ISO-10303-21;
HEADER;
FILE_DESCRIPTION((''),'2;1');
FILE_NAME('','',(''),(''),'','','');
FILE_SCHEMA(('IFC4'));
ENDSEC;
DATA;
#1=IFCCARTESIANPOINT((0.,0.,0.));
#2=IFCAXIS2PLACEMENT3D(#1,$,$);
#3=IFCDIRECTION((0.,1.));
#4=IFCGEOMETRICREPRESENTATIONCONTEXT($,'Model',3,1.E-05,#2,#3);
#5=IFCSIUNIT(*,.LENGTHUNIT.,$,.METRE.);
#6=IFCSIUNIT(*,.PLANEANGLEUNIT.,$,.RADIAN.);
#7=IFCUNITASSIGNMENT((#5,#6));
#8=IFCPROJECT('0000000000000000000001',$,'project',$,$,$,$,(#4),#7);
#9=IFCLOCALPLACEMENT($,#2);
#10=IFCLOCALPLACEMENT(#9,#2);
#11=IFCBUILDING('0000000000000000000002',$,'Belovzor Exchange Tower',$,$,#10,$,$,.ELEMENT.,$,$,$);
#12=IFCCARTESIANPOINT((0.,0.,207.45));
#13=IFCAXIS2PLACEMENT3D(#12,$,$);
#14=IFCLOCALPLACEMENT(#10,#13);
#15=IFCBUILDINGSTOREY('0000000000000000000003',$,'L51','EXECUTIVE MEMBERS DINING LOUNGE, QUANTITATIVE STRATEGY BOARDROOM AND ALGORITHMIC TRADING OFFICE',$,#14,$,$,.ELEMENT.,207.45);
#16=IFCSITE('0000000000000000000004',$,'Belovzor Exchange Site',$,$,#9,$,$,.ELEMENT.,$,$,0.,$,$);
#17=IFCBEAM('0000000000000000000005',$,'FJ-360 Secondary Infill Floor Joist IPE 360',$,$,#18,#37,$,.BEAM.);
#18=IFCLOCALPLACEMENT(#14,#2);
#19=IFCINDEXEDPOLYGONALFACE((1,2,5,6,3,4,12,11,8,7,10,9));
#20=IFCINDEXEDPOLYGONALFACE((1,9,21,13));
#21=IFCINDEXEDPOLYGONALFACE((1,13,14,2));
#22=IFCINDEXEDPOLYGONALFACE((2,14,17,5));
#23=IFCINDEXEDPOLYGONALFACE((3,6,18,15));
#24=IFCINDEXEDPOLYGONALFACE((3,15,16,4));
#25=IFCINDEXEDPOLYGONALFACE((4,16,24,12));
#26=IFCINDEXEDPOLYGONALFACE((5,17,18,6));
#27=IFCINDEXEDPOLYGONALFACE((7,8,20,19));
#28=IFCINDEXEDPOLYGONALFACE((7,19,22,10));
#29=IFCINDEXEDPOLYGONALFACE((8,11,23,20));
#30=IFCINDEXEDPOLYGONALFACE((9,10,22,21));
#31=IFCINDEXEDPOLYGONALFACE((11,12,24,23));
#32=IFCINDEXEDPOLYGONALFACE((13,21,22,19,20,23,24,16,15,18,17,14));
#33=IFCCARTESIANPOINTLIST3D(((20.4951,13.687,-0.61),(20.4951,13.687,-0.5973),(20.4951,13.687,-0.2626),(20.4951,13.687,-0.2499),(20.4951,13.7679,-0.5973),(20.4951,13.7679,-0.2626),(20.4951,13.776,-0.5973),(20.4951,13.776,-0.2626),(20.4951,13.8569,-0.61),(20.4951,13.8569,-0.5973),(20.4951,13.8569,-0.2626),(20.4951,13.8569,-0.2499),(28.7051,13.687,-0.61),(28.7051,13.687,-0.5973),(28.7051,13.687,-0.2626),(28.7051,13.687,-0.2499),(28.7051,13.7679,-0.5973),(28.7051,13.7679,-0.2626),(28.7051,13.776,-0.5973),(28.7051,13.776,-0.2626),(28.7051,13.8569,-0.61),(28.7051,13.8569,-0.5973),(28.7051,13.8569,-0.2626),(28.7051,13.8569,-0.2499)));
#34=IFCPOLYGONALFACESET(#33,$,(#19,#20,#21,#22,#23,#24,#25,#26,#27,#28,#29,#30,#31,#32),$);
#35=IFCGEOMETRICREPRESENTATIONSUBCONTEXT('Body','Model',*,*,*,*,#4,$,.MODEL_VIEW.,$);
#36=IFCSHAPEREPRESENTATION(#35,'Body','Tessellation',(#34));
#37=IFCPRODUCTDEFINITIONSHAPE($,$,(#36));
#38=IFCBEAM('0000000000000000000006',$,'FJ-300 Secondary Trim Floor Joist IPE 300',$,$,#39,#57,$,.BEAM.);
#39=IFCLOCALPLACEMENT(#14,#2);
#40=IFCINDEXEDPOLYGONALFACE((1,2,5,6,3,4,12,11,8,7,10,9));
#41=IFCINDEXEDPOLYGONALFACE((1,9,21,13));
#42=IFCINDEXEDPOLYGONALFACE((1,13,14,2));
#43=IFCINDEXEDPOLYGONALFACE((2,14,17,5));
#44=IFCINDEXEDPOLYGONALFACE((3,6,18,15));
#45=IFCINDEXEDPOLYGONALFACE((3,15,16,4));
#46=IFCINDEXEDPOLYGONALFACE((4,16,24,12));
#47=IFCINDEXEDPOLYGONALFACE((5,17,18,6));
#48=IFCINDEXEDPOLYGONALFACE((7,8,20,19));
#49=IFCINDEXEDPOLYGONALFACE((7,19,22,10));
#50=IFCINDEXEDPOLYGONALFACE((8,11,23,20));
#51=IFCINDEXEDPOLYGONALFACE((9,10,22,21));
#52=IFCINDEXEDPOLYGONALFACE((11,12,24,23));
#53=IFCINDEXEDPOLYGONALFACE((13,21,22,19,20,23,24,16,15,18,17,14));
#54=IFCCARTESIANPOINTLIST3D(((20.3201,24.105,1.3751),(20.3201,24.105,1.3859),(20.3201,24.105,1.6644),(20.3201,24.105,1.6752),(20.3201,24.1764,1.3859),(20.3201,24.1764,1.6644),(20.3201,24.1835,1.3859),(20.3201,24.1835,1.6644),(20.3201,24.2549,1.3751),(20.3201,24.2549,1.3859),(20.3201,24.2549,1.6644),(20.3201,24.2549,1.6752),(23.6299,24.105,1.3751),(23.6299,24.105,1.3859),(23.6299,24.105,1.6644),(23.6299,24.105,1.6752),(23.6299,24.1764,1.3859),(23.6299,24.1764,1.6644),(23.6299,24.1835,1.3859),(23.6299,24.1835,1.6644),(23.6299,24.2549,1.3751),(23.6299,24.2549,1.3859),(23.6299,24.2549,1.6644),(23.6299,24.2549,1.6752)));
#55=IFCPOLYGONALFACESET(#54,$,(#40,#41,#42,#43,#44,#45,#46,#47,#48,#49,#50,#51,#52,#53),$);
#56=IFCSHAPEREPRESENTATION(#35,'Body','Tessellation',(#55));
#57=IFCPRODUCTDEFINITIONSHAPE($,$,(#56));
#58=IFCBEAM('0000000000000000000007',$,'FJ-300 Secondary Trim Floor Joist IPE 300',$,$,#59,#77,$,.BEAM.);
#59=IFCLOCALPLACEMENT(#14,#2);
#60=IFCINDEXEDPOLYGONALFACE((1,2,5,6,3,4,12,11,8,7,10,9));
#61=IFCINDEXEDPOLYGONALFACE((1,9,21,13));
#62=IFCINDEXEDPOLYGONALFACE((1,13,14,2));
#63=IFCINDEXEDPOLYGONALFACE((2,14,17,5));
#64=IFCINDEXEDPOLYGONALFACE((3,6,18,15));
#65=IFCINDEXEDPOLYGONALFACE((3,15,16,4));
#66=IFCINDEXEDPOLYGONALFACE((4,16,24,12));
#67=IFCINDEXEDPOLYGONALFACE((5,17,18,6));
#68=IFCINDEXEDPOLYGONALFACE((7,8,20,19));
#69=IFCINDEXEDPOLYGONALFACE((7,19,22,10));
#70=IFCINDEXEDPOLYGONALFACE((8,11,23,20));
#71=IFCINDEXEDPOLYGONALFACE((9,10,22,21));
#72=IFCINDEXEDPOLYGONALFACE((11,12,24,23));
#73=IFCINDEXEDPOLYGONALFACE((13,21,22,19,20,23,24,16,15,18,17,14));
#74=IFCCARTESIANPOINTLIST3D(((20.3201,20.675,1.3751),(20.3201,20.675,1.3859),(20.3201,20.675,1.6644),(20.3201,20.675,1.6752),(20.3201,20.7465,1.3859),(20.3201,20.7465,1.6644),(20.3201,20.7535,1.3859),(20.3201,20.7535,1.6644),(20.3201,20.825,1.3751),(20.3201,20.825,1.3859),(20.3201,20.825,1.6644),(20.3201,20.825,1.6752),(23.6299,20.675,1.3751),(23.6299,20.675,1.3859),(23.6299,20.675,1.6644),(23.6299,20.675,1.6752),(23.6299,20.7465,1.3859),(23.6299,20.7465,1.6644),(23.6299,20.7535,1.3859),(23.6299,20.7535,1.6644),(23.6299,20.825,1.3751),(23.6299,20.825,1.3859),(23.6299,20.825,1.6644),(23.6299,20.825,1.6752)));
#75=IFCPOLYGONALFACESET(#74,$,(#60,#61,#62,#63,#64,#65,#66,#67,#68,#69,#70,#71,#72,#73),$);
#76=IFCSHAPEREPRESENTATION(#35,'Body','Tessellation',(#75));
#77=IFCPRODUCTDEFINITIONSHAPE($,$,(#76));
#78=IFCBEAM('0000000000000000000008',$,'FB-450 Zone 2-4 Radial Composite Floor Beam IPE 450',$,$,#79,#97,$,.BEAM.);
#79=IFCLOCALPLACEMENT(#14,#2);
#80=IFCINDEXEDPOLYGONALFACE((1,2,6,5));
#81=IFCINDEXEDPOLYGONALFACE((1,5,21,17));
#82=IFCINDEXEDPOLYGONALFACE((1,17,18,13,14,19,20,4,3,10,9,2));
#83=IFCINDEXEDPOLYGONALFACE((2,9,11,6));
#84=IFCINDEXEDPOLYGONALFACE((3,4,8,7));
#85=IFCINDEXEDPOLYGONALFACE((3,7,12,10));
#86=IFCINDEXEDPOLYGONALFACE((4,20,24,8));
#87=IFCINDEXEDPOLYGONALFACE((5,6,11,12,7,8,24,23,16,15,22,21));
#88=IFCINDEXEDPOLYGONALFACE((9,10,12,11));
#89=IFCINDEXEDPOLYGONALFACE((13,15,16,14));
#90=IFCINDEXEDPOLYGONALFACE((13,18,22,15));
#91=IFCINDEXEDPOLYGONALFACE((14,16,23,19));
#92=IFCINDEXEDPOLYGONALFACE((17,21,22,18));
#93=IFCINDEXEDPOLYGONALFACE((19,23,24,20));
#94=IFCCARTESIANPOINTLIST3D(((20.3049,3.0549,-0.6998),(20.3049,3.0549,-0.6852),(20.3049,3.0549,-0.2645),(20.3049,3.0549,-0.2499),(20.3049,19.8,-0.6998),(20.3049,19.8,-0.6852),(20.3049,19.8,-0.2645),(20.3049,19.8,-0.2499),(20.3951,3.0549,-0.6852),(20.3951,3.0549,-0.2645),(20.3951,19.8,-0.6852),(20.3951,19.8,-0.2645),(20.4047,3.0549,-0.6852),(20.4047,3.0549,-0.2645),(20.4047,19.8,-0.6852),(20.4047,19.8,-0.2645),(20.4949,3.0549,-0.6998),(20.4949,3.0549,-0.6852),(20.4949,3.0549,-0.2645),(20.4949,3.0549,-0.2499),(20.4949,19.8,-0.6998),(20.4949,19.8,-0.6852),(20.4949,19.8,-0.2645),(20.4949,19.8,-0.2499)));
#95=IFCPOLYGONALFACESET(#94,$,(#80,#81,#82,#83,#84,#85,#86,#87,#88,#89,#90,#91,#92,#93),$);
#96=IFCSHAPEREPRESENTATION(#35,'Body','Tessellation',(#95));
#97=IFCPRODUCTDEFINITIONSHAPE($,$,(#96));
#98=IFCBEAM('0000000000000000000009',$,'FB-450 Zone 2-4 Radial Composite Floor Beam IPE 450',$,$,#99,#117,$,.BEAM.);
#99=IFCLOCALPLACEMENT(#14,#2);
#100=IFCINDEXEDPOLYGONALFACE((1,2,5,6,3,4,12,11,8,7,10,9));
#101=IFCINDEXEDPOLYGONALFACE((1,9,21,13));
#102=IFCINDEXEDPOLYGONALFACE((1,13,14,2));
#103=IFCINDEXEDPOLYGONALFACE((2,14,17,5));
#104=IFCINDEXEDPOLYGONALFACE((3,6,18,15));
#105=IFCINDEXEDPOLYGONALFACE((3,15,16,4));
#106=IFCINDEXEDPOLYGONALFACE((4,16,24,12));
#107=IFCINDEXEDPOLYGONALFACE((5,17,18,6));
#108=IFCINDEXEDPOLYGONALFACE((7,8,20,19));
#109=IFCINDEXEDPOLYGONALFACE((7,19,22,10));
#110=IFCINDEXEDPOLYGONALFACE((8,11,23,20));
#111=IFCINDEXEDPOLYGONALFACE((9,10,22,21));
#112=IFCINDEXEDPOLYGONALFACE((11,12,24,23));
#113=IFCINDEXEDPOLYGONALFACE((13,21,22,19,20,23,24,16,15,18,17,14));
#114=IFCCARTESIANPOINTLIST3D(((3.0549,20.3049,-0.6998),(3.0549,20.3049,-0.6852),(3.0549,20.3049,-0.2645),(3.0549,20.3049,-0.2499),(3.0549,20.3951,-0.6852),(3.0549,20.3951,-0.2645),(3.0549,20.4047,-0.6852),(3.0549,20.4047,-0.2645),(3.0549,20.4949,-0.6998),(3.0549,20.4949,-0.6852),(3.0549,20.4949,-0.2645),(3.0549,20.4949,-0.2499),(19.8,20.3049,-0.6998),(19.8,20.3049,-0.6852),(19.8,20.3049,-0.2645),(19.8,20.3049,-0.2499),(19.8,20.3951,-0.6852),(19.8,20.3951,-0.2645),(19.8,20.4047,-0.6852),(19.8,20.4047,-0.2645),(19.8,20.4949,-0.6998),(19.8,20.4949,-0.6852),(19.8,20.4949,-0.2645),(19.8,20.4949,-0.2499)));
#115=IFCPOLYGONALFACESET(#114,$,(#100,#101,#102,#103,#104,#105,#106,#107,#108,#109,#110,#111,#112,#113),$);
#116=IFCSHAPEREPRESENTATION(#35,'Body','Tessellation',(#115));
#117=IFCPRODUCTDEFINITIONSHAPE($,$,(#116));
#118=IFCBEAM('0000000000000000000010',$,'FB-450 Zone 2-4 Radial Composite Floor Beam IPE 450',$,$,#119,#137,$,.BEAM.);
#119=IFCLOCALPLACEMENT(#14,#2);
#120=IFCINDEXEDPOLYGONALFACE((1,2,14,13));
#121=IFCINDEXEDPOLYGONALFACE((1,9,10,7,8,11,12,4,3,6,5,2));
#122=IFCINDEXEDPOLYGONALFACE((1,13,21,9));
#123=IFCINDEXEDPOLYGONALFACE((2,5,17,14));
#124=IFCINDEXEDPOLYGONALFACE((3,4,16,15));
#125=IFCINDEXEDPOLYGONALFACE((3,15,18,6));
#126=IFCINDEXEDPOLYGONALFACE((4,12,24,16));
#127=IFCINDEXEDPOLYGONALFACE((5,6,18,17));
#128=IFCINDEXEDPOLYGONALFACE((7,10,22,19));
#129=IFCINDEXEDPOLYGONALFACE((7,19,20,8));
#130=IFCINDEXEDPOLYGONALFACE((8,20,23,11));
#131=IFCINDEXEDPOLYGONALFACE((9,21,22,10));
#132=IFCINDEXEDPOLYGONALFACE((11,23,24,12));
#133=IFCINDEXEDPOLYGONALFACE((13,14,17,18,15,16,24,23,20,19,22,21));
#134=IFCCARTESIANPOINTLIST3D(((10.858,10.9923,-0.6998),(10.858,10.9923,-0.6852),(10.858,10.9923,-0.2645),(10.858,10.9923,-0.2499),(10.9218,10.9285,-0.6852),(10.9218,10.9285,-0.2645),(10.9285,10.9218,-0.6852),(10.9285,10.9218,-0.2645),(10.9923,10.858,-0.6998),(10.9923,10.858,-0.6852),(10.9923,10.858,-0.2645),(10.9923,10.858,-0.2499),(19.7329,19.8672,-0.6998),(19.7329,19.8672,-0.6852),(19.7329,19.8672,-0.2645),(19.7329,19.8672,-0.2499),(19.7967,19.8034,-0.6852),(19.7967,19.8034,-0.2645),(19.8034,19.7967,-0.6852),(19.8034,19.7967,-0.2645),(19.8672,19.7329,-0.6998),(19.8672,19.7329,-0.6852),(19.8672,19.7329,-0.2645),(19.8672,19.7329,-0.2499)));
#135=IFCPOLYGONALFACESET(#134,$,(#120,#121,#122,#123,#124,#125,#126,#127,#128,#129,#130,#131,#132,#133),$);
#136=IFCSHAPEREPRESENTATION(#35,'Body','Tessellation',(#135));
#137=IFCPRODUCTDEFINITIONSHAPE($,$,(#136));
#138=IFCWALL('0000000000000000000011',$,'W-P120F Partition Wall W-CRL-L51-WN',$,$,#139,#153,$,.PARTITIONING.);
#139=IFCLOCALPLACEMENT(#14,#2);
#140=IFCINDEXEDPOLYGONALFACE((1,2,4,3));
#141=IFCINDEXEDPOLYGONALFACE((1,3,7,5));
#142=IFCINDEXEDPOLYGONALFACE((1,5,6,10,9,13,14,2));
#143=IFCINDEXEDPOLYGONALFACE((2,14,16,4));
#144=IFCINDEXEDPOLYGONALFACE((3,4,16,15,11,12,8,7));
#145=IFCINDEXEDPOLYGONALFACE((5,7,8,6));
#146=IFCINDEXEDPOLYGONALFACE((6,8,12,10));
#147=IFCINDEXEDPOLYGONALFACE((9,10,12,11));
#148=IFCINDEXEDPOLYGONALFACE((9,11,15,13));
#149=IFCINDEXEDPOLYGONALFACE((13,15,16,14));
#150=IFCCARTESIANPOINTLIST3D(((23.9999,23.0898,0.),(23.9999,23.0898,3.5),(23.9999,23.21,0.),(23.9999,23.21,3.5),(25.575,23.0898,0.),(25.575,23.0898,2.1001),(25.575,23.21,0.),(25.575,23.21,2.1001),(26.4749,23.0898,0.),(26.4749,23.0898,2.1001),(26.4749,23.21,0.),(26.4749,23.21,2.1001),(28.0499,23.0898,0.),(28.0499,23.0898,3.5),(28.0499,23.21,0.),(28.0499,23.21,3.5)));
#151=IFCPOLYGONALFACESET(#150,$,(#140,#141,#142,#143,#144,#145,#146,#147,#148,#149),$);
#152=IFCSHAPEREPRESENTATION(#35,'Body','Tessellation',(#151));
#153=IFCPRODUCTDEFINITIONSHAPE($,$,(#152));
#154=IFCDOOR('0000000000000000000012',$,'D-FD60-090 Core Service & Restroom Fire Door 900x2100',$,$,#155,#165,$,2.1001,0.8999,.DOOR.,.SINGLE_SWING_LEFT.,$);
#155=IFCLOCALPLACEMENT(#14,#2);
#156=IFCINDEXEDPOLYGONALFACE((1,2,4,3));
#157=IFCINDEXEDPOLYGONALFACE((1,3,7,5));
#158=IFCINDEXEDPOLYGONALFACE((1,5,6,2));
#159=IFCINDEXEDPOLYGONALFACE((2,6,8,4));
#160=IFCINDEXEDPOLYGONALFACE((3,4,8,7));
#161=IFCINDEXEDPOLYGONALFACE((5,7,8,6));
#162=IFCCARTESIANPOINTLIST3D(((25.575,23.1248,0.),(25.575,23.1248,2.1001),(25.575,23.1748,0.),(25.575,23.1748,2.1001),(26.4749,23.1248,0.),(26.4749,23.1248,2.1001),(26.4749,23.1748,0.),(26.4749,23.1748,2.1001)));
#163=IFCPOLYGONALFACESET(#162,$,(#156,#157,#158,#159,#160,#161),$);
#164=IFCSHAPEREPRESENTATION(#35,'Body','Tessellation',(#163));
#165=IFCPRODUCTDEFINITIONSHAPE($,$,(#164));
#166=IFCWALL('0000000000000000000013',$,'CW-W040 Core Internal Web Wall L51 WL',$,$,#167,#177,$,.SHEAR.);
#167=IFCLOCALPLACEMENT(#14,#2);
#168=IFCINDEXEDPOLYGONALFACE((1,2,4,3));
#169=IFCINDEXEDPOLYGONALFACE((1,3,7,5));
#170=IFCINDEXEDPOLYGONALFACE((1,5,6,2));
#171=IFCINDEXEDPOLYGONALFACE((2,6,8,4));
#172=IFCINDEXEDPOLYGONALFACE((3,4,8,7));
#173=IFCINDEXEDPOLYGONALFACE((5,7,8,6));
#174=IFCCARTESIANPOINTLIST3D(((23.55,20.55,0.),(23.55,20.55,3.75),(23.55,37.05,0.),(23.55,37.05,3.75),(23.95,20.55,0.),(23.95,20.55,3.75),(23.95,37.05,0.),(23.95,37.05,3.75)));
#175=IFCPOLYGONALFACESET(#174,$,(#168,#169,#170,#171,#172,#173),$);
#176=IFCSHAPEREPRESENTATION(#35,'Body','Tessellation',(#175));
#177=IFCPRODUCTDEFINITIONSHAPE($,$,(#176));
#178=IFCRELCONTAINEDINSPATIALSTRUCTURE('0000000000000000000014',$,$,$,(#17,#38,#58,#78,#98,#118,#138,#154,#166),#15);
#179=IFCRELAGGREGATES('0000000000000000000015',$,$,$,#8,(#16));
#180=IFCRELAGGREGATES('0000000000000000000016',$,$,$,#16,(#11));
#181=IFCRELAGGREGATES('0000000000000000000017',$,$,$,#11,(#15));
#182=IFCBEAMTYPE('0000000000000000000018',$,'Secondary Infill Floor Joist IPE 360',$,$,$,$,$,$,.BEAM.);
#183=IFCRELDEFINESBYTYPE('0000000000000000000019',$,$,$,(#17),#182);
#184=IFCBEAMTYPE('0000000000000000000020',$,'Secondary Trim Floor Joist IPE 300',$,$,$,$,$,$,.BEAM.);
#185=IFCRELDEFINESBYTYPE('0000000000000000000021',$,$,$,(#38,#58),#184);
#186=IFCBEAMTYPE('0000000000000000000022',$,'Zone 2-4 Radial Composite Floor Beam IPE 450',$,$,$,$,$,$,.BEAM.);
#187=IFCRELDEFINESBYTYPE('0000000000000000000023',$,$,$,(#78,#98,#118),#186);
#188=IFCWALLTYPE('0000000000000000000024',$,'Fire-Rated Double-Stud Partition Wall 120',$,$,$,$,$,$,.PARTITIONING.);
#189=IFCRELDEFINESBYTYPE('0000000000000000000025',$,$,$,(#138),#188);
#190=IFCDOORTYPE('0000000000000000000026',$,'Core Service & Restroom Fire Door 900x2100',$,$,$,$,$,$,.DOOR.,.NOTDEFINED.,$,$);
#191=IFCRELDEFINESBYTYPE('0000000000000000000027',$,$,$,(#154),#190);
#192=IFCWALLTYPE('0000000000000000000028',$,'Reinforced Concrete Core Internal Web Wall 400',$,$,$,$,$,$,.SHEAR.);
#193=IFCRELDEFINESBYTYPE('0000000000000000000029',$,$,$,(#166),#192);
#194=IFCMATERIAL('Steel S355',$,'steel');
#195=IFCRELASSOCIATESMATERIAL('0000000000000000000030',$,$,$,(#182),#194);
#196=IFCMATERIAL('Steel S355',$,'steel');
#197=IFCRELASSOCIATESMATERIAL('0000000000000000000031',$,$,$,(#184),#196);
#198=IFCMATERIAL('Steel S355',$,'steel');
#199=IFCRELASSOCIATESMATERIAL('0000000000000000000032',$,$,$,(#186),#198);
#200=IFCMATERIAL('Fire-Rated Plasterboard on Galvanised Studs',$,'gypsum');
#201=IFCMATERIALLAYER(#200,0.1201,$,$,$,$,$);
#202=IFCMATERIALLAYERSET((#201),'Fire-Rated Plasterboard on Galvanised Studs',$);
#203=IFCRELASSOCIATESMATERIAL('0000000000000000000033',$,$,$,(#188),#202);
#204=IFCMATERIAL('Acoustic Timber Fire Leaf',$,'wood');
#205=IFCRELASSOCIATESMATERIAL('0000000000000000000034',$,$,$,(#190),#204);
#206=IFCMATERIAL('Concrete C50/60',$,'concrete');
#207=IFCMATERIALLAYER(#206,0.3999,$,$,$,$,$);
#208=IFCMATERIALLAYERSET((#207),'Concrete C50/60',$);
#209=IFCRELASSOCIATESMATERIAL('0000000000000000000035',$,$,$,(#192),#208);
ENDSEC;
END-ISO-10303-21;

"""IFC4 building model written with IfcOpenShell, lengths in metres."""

from ifc_helpers import new_model, si_unit, direction, frame, frame_2d, origin, origin_2d, place, context, subcontext, project, spatial, rectangle, i_section, extrude, material, layer, layer_set, material_profile, profile_set, type_object, element, fill, save


model = new_model("IFC4")

# Units and contexts
model_context = context("Model", 3, precision=1e-05, world=origin(), true_north=direction((0.0, 1.0)))
body_context = subcontext(model_context, "Body", "Model", "MODEL_VIEW")
ifc_project = project(units=[si_unit("LENGTHUNIT", "METRE"), si_unit("PLANEANGLEUNIT", "RADIAN")], contexts=[model_context])

# Site, building, storey
site_placement = place(None, origin())
site = spatial("IfcSite", under=ifc_project, at=site_placement, Name="Belovzor Exchange Site", CompositionType="ELEMENT", RefElevation=0.0)
building_placement = place(site_placement, origin())
building = spatial("IfcBuilding", under=site, at=building_placement, Name="Belovzor Exchange Tower", CompositionType="ELEMENT")
storey_placement = place(building_placement, frame((0.0, 0.0, 207.45)))
storey = spatial("IfcBuildingStorey", under=building, at=storey_placement, Name="L51", Description="EXECUTIVE MEMBERS DINING LOUNGE, QUANTITATIVE STRATEGY BOARDROOM AND ALGORITHMIC TRADING OFFICE", CompositionType="ELEMENT", Elevation=207.45)

# Beams
ifc_material_1 = material(Name="Steel S355", Category="steel")
ifc_material_profile_1 = material_profile(ifc_material_1, i_section(OverallWidth=0.1699, OverallDepth=0.3601, WebThickness=0.0081, FlangeThickness=0.0127, at=origin_2d()))
ifc_profile_set_1 = profile_set([ifc_material_profile_1], Name="Steel S355")
beam_type_1 = type_object("IfcBeamType", Name="Secondary Infill Floor Joist IPE 360", PredefinedType="BEAM", material=ifc_profile_set_1)
beam_1_placement = place(storey_placement, frame((20.4951, 13.772, -0.4299), z_axis=(1.0, 0.0, 0.0), x_axis=(0.0, 1.0, 0.0)))
element("IfcBeam", 1, at=beam_1_placement, inside=storey, type_object=beam_type_1, Name="FJ-360 Secondary Infill Floor Joist IPE 360", PredefinedType="BEAM", context=body_context, shape_type="SweptSolid", body=[
    extrude(i_section(OverallWidth=0.1699, OverallDepth=0.3601, WebThickness=0.0081, FlangeThickness=0.0127, at=origin_2d()), origin(), (0.0, 0.0, 1.0), 8.21),
])
ifc_material_2 = material(Name="Steel S355", Category="steel")
ifc_material_profile_2 = material_profile(ifc_material_2, i_section(OverallWidth=0.1499, OverallDepth=0.3, WebThickness=0.0071, FlangeThickness=0.0107, at=origin_2d()))
ifc_profile_set_2 = profile_set([ifc_material_profile_2], Name="Steel S355")
beam_type_2 = type_object("IfcBeamType", Name="Secondary Trim Floor Joist IPE 300", PredefinedType="BEAM", material=ifc_profile_set_2)
for number, where, z_axis, x_axis, name in (
    (2, (20.3201, 24.1799, 1.5251), (1.0, 0.0, 0.0), (0.0, 1.0, 0.0), "FJ-300 Secondary Trim Floor Joist IPE 300"),
    (3, (20.3201, 20.75, 1.5251), (1.0, 0.0, 0.0), (0.0, 1.0, 0.0), "FJ-300 Secondary Trim Floor Joist IPE 300"),
):
    element("IfcBeam", number, at=place(storey_placement, frame(where, z_axis=z_axis, x_axis=x_axis)), inside=storey, type_object=beam_type_2, Name=name, PredefinedType="BEAM", context=body_context, shape_type="SweptSolid", body=[
        extrude(i_section(OverallWidth=0.1499, OverallDepth=0.3, WebThickness=0.0071, FlangeThickness=0.0107, at=origin_2d()), origin(), (0.0, 0.0, 1.0), 3.3098),
    ])
ifc_material_3 = material(Name="Steel S355", Category="steel")
ifc_material_profile_3 = material_profile(ifc_material_3, i_section(OverallWidth=0.1899, OverallDepth=0.45, WebThickness=0.0095, FlangeThickness=0.0146, at=origin_2d()))
ifc_profile_set_3 = profile_set([ifc_material_profile_3], Name="Steel S355")
beam_type_3 = type_object("IfcBeamType", Name="Zone 2-4 Radial Composite Floor Beam IPE 450", PredefinedType="BEAM", material=ifc_profile_set_3)
for number, where, z_axis, x_axis, name in (
    (4, (20.3999, 19.8, -0.4749), (0.0, -1.0, 0.0), (1.0, 0.0, 0.0), "FB-450 Zone 2-4 Radial Composite Floor Beam IPE 450"),
    (5, (19.8, 20.3999, -0.4749), (-1.0, 0.0, 0.0), (0.0, -1.0, 0.0), "FB-450 Zone 2-4 Radial Composite Floor Beam IPE 450"),
):
    element("IfcBeam", number, at=place(storey_placement, frame(where, z_axis=z_axis, x_axis=x_axis)), inside=storey, type_object=beam_type_3, Name=name, PredefinedType="BEAM", context=body_context, shape_type="SweptSolid", body=[
        extrude(i_section(OverallWidth=0.1899, OverallDepth=0.45, WebThickness=0.0095, FlangeThickness=0.0146, at=origin_2d()), origin(), (0.0, 0.0, 1.0), 16.7451),
    ])
beam_2_placement = place(storey_placement, frame((19.8, 19.8, -0.4749), z_axis=(-0.707107, -0.707107, 0.0), x_axis=(0.707107, -0.707107, 0.0)))
element("IfcBeam", 6, at=beam_2_placement, inside=storey, type_object=beam_type_3, Name="FB-450 Zone 2-4 Radial Composite Floor Beam IPE 450", PredefinedType="BEAM", context=body_context, shape_type="SweptSolid", body=[
    extrude(i_section(OverallWidth=0.1899, OverallDepth=0.45, WebThickness=0.0095, FlangeThickness=0.0146, at=origin_2d()), origin(), (0.0, 0.0, 1.0), 12.551),
])

# Wall, opening, door
ifc_material_4 = material(Name="Fire-Rated Plasterboard on Galvanised Studs", Category="gypsum")
ifc_layer_1 = layer(ifc_material_4, 0.1201)
ifc_layer_set_1 = layer_set([ifc_layer_1], Name="Fire-Rated Plasterboard on Galvanised Studs")
wall_type_1 = type_object("IfcWallType", Name="Fire-Rated Double-Stud Partition Wall 120", PredefinedType="PARTITIONING", material=ifc_layer_set_1)
wall_1_placement = place(storey_placement, frame((24.0, 23.1499, 0.0), z_axis=(0.0, 0.0, 1.0), x_axis=(1.0, 0.0, 0.0)))
wall_1 = element("IfcWall", 7, at=wall_1_placement, inside=storey, type_object=wall_type_1, Name="W-P120F Partition Wall W-CRL-L51-WN", PredefinedType="PARTITIONING", context=body_context, shape_type="SweptSolid", body=[
    extrude(rectangle(XDim=4.05, YDim=0.1201, at=frame_2d((2.0249, 0.0))), origin(), (0.0, 0.0, 1.0), 3.5),
])
opening_1_placement = place(wall_1_placement, frame((1.575, 0.0, 0.0)))
opening_1 = element("IfcOpeningElement", 8, at=opening_1_placement, cuts=wall_1, PredefinedType="OPENING", context=body_context, shape_type="SweptSolid", body=[
    extrude(rectangle(XDim=0.8999, YDim=2.1001, at=frame_2d((0.45, 1.05))), frame((0.0, 0.0701, 0.0), z_axis=(0.0, -1.0, 0.0), x_axis=(1.0, 0.0, 0.0)), (0.0, 0.0, 1.0), 0.1401),
])
ifc_material_5 = material(Name="Acoustic Timber Fire Leaf", Category="wood")
door_type_1 = type_object("IfcDoorType", Name="Core Service & Restroom Fire Door 900x2100", OperationType="NOTDEFINED", PredefinedType="DOOR", material=ifc_material_5)
door_1_placement = place(opening_1_placement, origin())
door_1 = element("IfcDoor", 9, at=door_1_placement, inside=storey, type_object=door_type_1, Name="D-FD60-090 Core Service & Restroom Fire Door 900x2100", OperationType="SINGLE_SWING_LEFT", OverallHeight=2.1001, OverallWidth=0.8999, PredefinedType="DOOR", context=body_context, shape_type="SweptSolid", body=[
    extrude(rectangle(XDim=0.8999, YDim=2.1001, at=frame_2d((0.45, 1.05))), frame((0.0, 0.0249, 0.0), z_axis=(0.0, -1.0, 0.0), x_axis=(1.0, 0.0, 0.0)), (0.0, 0.0, 1.0), 0.05),
])
fill(opening_1, door_1)

# Wall
ifc_material_6 = material(Name="Concrete C50/60", Category="concrete")
ifc_layer_2 = layer(ifc_material_6, 0.3999)
ifc_layer_set_2 = layer_set([ifc_layer_2], Name="Concrete C50/60")
wall_type_2 = type_object("IfcWallType", Name="Reinforced Concrete Core Internal Web Wall 400", PredefinedType="SHEAR", material=ifc_layer_set_2)
wall_2_placement = place(storey_placement, frame((23.75, 20.55, 0.0), z_axis=(0.0, 0.0, 1.0), x_axis=(0.0, 1.0, 0.0)))
element("IfcWall", 10, at=wall_2_placement, inside=storey, type_object=wall_type_2, Name="CW-W040 Core Internal Web Wall L51 WL", PredefinedType="SHEAR", context=body_context, shape_type="SweptSolid", body=[
    extrude(rectangle(XDim=16.5, YDim=0.3999, at=frame_2d((8.25, 0.0))), origin(), (0.0, 0.0, 1.0), 3.75),
])

save(model, "model.ifc")
